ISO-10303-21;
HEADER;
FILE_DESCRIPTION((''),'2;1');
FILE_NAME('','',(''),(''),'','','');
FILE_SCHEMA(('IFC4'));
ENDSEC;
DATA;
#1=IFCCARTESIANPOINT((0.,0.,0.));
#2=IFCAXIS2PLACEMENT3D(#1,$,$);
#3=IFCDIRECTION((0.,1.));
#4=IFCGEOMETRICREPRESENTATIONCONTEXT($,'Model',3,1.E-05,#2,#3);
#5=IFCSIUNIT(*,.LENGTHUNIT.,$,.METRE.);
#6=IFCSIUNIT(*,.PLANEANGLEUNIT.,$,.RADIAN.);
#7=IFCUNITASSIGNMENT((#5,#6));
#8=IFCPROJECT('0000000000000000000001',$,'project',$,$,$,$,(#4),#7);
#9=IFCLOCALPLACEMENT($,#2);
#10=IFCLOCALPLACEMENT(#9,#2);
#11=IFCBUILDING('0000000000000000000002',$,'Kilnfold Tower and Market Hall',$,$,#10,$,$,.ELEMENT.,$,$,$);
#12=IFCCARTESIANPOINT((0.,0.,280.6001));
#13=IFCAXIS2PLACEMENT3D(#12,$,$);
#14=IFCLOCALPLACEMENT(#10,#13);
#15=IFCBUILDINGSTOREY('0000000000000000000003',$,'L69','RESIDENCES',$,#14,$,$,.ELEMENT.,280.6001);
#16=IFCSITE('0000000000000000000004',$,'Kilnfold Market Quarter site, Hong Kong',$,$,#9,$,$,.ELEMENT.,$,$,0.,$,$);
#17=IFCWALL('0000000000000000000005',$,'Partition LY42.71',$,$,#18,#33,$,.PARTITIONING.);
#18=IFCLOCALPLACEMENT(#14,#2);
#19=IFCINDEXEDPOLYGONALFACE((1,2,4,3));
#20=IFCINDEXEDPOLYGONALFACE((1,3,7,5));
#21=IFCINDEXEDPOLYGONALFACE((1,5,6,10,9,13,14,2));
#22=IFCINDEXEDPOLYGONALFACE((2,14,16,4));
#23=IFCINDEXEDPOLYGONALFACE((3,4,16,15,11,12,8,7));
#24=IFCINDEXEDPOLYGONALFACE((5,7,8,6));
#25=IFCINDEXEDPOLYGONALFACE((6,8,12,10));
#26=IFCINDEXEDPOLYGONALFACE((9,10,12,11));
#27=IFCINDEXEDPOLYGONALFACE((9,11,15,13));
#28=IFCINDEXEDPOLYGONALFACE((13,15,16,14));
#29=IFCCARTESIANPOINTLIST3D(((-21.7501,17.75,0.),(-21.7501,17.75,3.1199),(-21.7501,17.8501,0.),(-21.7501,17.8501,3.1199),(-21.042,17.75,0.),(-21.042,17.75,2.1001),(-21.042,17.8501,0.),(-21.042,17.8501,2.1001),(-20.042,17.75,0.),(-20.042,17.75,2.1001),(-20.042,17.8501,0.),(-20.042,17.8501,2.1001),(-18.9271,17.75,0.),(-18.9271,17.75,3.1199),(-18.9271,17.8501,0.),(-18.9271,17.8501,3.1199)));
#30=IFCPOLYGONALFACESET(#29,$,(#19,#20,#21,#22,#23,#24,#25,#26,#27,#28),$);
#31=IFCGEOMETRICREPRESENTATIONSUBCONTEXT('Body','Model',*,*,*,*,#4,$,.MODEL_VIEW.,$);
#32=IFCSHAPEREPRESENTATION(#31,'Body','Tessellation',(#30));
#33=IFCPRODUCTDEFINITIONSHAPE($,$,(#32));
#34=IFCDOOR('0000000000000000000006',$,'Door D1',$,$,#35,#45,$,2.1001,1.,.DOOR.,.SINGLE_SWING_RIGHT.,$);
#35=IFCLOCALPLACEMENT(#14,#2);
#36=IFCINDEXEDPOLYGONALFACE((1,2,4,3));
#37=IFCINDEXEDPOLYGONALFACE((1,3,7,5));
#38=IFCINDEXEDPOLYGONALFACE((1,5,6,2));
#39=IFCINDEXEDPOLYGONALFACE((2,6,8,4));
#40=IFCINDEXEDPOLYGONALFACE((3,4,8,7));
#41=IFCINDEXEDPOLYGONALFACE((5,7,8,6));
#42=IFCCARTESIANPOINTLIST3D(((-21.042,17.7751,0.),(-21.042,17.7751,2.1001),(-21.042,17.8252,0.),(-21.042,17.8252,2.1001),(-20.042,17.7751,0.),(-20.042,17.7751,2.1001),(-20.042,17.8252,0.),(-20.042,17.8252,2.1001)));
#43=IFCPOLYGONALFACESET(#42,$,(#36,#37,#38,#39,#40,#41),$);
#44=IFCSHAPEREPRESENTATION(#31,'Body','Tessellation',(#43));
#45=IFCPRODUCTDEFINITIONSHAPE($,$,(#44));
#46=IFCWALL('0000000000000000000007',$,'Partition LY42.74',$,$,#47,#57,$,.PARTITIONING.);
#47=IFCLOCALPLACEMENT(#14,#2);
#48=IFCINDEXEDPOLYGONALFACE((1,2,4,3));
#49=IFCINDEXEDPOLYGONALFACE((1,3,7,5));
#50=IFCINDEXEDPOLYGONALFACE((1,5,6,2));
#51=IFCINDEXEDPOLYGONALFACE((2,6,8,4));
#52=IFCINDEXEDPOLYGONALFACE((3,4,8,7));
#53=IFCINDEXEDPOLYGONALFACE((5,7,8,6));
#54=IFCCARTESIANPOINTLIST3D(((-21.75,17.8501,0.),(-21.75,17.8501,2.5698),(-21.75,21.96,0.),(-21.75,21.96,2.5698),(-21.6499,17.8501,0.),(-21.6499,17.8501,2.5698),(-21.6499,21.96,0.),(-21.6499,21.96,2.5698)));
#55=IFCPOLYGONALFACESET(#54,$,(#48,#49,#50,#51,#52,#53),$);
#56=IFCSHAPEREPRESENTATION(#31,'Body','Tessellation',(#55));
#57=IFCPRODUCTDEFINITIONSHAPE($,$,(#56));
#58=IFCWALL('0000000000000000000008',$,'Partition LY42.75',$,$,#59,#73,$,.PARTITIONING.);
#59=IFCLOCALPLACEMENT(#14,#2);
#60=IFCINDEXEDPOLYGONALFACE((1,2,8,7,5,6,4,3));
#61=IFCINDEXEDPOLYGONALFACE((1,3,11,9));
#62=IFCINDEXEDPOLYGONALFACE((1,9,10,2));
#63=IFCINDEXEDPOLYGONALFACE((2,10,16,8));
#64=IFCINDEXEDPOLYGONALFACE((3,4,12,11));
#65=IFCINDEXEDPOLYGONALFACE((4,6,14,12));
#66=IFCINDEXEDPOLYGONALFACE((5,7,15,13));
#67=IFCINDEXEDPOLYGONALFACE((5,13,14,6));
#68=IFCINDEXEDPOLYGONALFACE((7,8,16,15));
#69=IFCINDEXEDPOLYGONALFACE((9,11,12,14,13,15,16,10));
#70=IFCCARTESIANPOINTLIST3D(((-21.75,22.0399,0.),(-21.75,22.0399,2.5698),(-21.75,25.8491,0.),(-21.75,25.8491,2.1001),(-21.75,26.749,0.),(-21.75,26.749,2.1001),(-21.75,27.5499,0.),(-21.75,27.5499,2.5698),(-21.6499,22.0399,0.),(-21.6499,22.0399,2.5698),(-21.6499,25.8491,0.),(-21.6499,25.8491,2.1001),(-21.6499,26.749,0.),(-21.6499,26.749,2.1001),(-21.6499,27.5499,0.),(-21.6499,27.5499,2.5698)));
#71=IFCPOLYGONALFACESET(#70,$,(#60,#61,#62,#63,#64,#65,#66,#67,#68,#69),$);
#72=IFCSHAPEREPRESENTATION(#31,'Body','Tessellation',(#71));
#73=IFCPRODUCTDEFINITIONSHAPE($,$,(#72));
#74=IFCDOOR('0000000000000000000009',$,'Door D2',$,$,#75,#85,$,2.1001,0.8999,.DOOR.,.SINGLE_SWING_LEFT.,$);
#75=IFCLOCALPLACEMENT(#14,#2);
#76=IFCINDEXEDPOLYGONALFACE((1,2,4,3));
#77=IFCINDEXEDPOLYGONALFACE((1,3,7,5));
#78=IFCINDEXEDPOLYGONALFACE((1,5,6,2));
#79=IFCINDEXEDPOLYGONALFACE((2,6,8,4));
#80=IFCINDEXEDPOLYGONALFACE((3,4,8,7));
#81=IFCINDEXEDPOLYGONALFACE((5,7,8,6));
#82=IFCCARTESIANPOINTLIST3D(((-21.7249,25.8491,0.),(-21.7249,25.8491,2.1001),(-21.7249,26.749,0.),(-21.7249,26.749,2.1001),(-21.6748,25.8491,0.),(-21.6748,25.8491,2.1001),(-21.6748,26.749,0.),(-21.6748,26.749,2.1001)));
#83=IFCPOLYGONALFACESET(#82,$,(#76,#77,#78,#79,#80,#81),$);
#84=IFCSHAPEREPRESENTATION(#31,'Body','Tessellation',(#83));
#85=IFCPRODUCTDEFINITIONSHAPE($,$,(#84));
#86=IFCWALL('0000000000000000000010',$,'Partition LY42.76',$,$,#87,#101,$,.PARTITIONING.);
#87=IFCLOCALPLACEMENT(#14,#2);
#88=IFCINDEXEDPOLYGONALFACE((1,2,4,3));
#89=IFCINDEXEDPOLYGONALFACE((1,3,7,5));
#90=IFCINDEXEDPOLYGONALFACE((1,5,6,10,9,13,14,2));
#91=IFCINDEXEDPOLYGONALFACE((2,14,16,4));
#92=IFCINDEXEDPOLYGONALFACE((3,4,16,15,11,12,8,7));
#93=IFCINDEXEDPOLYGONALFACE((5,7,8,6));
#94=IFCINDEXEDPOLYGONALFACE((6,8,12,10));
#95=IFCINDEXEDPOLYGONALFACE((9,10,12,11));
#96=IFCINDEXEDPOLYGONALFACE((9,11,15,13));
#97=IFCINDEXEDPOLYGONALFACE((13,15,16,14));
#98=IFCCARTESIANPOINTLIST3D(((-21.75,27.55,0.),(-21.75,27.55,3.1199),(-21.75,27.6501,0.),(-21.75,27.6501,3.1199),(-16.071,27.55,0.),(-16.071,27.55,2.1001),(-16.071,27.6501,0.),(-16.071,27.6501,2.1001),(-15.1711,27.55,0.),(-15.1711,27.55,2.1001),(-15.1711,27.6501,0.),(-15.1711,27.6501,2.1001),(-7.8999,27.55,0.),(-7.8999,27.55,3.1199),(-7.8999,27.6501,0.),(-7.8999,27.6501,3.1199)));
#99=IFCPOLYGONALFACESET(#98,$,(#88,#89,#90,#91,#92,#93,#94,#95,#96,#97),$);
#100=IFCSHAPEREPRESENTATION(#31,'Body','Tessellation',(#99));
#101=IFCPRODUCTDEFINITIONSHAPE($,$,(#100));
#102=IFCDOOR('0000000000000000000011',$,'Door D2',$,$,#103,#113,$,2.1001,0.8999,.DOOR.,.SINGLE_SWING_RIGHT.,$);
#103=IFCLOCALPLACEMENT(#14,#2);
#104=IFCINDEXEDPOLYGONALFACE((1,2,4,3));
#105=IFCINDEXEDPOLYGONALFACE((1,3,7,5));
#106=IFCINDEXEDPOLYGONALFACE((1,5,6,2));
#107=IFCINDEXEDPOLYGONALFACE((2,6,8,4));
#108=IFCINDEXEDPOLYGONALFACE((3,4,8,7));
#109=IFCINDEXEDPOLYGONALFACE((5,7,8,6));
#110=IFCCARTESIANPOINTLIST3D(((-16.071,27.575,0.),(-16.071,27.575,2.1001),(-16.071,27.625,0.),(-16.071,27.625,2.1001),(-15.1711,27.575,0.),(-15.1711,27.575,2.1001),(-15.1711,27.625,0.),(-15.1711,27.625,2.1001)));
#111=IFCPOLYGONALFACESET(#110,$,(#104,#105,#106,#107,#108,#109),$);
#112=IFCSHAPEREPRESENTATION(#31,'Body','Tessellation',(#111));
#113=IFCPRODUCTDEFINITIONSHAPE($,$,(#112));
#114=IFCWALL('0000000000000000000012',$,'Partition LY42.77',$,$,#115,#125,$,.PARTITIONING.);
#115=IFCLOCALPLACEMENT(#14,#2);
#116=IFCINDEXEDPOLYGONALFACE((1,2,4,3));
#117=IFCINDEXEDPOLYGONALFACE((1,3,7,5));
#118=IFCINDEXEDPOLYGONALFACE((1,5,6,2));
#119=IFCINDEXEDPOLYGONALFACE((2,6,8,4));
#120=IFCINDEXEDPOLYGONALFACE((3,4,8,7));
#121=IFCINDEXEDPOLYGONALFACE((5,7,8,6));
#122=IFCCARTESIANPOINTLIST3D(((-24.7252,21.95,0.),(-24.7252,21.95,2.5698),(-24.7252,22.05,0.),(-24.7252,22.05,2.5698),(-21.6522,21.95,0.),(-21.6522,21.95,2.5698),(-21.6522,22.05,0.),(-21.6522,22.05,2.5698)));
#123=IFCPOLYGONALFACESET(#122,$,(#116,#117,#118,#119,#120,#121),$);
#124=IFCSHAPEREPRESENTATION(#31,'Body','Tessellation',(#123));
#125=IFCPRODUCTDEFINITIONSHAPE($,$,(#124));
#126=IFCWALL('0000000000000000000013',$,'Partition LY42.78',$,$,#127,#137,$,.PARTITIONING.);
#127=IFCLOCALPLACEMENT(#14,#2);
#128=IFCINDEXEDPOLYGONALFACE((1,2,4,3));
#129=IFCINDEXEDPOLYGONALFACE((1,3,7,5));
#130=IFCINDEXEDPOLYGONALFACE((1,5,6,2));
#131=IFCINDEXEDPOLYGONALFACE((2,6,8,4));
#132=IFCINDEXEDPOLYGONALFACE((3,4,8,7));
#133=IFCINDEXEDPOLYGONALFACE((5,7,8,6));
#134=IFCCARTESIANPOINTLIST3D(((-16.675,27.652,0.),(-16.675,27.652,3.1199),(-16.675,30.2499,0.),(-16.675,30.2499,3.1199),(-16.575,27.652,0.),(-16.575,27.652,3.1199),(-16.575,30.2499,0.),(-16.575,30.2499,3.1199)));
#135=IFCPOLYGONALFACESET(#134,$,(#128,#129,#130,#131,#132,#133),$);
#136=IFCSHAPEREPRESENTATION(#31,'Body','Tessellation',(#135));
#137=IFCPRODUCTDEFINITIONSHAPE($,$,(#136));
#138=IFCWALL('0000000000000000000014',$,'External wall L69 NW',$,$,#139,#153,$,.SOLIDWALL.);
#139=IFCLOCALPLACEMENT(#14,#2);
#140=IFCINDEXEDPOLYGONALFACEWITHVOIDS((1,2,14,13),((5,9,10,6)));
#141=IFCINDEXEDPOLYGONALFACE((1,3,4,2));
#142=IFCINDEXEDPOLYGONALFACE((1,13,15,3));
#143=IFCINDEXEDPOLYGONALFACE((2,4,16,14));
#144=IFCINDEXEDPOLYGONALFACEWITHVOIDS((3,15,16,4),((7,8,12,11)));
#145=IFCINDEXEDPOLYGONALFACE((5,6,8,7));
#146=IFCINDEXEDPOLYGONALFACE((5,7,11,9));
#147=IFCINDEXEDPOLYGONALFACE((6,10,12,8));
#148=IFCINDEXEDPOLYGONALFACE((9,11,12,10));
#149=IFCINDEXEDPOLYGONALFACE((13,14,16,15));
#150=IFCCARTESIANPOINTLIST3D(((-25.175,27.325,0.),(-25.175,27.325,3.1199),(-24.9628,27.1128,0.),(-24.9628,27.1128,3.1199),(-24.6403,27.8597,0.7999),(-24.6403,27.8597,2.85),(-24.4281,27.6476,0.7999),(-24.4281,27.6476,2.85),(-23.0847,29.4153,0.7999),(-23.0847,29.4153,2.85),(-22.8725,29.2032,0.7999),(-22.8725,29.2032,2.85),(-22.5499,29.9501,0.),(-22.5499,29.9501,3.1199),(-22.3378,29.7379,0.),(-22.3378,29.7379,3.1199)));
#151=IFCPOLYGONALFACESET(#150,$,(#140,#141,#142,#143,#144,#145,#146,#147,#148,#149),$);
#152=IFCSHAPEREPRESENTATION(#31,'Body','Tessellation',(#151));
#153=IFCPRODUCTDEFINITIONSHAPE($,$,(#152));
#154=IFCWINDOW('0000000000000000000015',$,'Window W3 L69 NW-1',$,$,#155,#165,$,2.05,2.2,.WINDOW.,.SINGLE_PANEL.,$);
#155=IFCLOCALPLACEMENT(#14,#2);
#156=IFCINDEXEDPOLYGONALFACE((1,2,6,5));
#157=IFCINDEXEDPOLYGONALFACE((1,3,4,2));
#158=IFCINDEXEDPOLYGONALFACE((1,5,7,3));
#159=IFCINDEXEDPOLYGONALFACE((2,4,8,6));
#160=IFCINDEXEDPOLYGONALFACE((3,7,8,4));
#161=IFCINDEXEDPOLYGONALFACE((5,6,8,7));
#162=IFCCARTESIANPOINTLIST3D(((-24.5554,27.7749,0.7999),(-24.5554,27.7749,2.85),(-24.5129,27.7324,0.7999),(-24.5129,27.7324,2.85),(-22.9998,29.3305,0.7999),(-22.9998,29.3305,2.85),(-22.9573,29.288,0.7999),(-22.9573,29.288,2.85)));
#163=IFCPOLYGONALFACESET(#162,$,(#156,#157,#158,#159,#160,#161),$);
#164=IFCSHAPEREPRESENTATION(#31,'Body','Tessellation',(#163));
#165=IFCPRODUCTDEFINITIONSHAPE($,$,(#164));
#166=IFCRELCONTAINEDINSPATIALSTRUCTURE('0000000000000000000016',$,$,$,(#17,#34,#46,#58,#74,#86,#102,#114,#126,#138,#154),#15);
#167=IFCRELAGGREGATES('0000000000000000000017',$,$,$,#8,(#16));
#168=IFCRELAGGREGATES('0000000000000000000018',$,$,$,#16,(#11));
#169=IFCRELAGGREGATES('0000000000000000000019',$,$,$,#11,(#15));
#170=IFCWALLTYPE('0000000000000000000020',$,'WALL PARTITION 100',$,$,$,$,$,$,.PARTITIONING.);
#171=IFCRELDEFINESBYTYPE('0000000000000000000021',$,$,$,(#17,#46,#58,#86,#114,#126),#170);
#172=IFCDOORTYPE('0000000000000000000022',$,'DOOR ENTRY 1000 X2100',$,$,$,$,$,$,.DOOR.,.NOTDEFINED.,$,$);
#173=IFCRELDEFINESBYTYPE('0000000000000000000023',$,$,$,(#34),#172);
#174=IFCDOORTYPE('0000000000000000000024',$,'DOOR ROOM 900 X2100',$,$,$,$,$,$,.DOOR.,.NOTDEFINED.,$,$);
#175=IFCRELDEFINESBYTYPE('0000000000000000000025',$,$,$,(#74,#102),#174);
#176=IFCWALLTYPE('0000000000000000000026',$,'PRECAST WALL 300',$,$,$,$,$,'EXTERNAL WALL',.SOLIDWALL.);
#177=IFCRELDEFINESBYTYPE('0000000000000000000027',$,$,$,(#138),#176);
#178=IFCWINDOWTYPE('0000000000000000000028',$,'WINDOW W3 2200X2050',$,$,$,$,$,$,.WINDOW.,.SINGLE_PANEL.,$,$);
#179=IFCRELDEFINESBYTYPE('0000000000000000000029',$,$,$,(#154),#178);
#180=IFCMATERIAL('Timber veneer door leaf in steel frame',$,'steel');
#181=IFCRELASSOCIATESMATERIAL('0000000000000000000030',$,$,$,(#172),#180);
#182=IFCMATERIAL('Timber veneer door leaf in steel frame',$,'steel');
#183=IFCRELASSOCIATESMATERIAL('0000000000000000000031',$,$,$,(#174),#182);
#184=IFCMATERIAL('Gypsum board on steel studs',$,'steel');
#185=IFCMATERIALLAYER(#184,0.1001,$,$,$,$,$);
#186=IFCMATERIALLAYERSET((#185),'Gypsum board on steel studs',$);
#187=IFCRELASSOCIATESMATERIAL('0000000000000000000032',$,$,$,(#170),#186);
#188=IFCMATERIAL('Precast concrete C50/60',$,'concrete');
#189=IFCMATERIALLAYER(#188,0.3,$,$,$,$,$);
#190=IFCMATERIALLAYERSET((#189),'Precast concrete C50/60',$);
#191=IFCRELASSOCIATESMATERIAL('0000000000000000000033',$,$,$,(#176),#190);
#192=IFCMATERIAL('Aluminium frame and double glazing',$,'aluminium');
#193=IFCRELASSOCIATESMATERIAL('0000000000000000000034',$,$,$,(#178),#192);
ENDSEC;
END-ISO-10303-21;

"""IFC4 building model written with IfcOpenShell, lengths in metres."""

from ifc_helpers import new_model, si_unit, direction, frame, frame_2d, origin, place, context, subcontext, project, spatial, rectangle, extrude, source, transform, mapped, material, layer, layer_set, type_object, element, fill, save


model = new_model("IFC4")

# Units and contexts
model_context = context("Model", 3, precision=1e-05, world=origin(), true_north=direction((0.0, 1.0)))
body_context = subcontext(model_context, "Body", "Model", "MODEL_VIEW")
ifc_project = project(units=[si_unit("LENGTHUNIT", "METRE"), si_unit("PLANEANGLEUNIT", "RADIAN")], contexts=[model_context])

# Site, building, storey
site_placement = place(None, origin())
site = spatial("IfcSite", under=ifc_project, at=site_placement, Name="Kilnfold Market Quarter site, Hong Kong", CompositionType="ELEMENT", RefElevation=0.0)
building_placement = place(site_placement, origin())
building = spatial("IfcBuilding", under=site, at=building_placement, Name="Kilnfold Tower and Market Hall", CompositionType="ELEMENT")
storey_placement = place(building_placement, frame((0.0, 0.0, 280.6001)))
storey = spatial("IfcBuildingStorey", under=building, at=storey_placement, Name="L69", Description="RESIDENCES", CompositionType="ELEMENT", Elevation=280.6001)

# Shared definitions
ifc_material_1 = material(Name="Timber veneer door leaf in steel frame", Category="steel")
door_type_1 = type_object("IfcDoorType", Name="DOOR ENTRY 1000 X2100", OperationType="NOTDEFINED", PredefinedType="DOOR", material=ifc_material_1)
ifc_material_2 = material(Name="Timber veneer door leaf in steel frame", Category="steel")
door_type_2 = type_object("IfcDoorType", Name="DOOR ROOM 900 X2100", OperationType="NOTDEFINED", PredefinedType="DOOR", material=ifc_material_2)

# Wall, opening, door
ifc_material_3 = material(Name="Gypsum board on steel studs", Category="steel")
ifc_layer_1 = layer(ifc_material_3, 0.1001)
ifc_layer_set_1 = layer_set([ifc_layer_1], Name="Gypsum board on steel studs")
wall_type_1 = type_object("IfcWallType", Name="WALL PARTITION 100", PredefinedType="PARTITIONING", material=ifc_layer_set_1)
wall_1_placement = place(storey_placement, frame((-18.927, 17.8, 0.0), z_axis=(0.0, 0.0, 1.0), x_axis=(-1.0, 0.0, 0.0)))
wall_1 = element("IfcWall", 1, at=wall_1_placement, inside=storey, type_object=wall_type_1, Name="Partition LY42.71", PredefinedType="PARTITIONING", context=body_context, shape_type="SweptSolid", body=[
    extrude(rectangle(XDim=2.823, YDim=0.1001, at=frame_2d((1.4116, 0.0))), origin(), (0.0, 0.0, 1.0), 3.1199),
])
opening_1_placement = place(wall_1_placement, frame((1.115, 0.0, 0.0)))
opening_1 = element("IfcOpeningElement", 2, at=opening_1_placement, cuts=wall_1, PredefinedType="OPENING", context=body_context, shape_type="SweptSolid", body=[
    extrude(rectangle(XDim=1.0, YDim=2.1001, at=frame_2d((0.5, 1.05))), frame((0.0, 0.0601, 0.0), z_axis=(0.0, -1.0, 0.0), x_axis=(1.0, 0.0, 0.0)), (0.0, 0.0, 1.0), 0.1201),
])
door_1_placement = place(opening_1_placement, origin())
door_1 = element("IfcDoor", 3, at=door_1_placement, inside=storey, type_object=door_type_1, Name="Door D1", OperationType="SINGLE_SWING_RIGHT", OverallHeight=2.1001, OverallWidth=1.0, PredefinedType="DOOR", context=body_context, shape_type="SweptSolid", body=[
    extrude(rectangle(XDim=1.0, YDim=2.1001, at=frame_2d((0.5, 1.05))), frame((0.0, 0.0249, 0.0), z_axis=(0.0, -1.0, 0.0), x_axis=(1.0, 0.0, 0.0)), (0.0, 0.0, 1.0), 0.05),
])
fill(opening_1, door_1)

# Wall
wall_2_placement = place(storey_placement, frame((-21.7, 17.8501, 0.0), z_axis=(0.0, 0.0, 1.0), x_axis=(0.0, 1.0, 0.0)))
element("IfcWall", 4, at=wall_2_placement, inside=storey, type_object=wall_type_1, Name="Partition LY42.74", PredefinedType="PARTITIONING", context=body_context, shape_type="SweptSolid", body=[
    extrude(rectangle(XDim=4.1099, YDim=0.1001, at=frame_2d((2.0549, 0.0))), origin(), (0.0, 0.0, 1.0), 2.5698),
])

# Walls, openings, doors
wall_3_placement = place(storey_placement, frame((-21.7, 22.04, 0.0), z_axis=(0.0, 0.0, 1.0), x_axis=(0.0, 1.0, 0.0)))
wall_3 = element("IfcWall", 5, at=wall_3_placement, inside=storey, type_object=wall_type_1, Name="Partition LY42.75", PredefinedType="PARTITIONING", context=body_context, shape_type="SweptSolid", body=[
    extrude(rectangle(XDim=5.51, YDim=0.1001, at=frame_2d((2.7549, 0.0))), origin(), (0.0, 0.0, 1.0), 2.5698),
])
opening_2_placement = place(wall_3_placement, frame((3.8091, 0.0, 0.0)))
opening_2 = element("IfcOpeningElement", 6, at=opening_2_placement, cuts=wall_3, PredefinedType="OPENING", context=body_context, shape_type="SweptSolid", body=[
    extrude(rectangle(XDim=0.8999, YDim=2.1001, at=frame_2d((0.45, 1.05))), frame((0.0, 0.0601, 0.0), z_axis=(0.0, -1.0, 0.0), x_axis=(1.0, 0.0, 0.0)), (0.0, 0.0, 1.0), 0.1201),
])
door_2_placement = place(opening_2_placement, origin())
door_2 = element("IfcDoor", 7, at=door_2_placement, inside=storey, type_object=door_type_2, Name="Door D2", OperationType="SINGLE_SWING_LEFT", OverallHeight=2.1001, OverallWidth=0.8999, PredefinedType="DOOR", context=body_context, shape_type="SweptSolid", body=[
    extrude(rectangle(XDim=0.8999, YDim=2.1001, at=frame_2d((0.45, 1.05))), frame((0.0, 0.0249, 0.0), z_axis=(0.0, -1.0, 0.0), x_axis=(1.0, 0.0, 0.0)), (0.0, 0.0, 1.0), 0.05),
])
fill(opening_2, door_2)
wall_4_placement = place(storey_placement, frame((-21.75, 27.6001, 0.0), z_axis=(0.0, 0.0, 1.0), x_axis=(1.0, 0.0, 0.0)))
wall_4 = element("IfcWall", 8, at=wall_4_placement, inside=storey, type_object=wall_type_1, Name="Partition LY42.76", PredefinedType="PARTITIONING", context=body_context, shape_type="SweptSolid", body=[
    extrude(rectangle(XDim=13.8501, YDim=0.1001, at=frame_2d((6.925, 0.0))), origin(), (0.0, 0.0, 1.0), 3.1199),
])
opening_3_placement = place(wall_4_placement, frame((5.679, 0.0, 0.0)))
opening_3 = element("IfcOpeningElement", 9, at=opening_3_placement, cuts=wall_4, PredefinedType="OPENING", context=body_context, shape_type="SweptSolid", body=[
    extrude(rectangle(XDim=0.8999, YDim=2.1001, at=frame_2d((0.45, 1.05))), frame((0.0, 0.0601, 0.0), z_axis=(0.0, -1.0, 0.0), x_axis=(1.0, 0.0, 0.0)), (0.0, 0.0, 1.0), 0.1201),
])
door_3_placement = place(opening_3_placement, origin())
door_3 = element("IfcDoor", 10, at=door_3_placement, inside=storey, type_object=door_type_2, Name="Door D2", OperationType="SINGLE_SWING_RIGHT", OverallHeight=2.1001, OverallWidth=0.8999, PredefinedType="DOOR", context=body_context, shape_type="SweptSolid", body=[
    extrude(rectangle(XDim=0.8999, YDim=2.1001, at=frame_2d((0.45, 1.05))), frame((0.0, 0.0249, 0.0), z_axis=(0.0, -1.0, 0.0), x_axis=(1.0, 0.0, 0.0)), (0.0, 0.0, 1.0), 0.05),
])
fill(opening_3, door_3)

# Walls
wall_5_placement = place(storey_placement, frame((-21.6521, 22.0, 0.0), z_axis=(0.0, 0.0, 1.0), x_axis=(-1.0, 0.0, 0.0)))
element("IfcWall", 11, at=wall_5_placement, inside=storey, type_object=wall_type_1, Name="Partition LY42.77", PredefinedType="PARTITIONING", context=body_context, shape_type="SweptSolid", body=[
    extrude(rectangle(XDim=3.073, YDim=0.1001, at=frame_2d((1.5366, 0.0))), origin(), (0.0, 0.0, 1.0), 2.5698),
])
wall_6_placement = place(storey_placement, frame((-16.625, 27.6521, 0.0), z_axis=(0.0, 0.0, 1.0), x_axis=(0.0, 1.0, 0.0)))
element("IfcWall", 12, at=wall_6_placement, inside=storey, type_object=wall_type_1, Name="Partition LY42.78", PredefinedType="PARTITIONING", context=body_context, shape_type="SweptSolid", body=[
    extrude(rectangle(XDim=2.5979, YDim=0.1001, at=frame_2d((1.2988, 0.0))), origin(), (0.0, 0.0, 1.0), 3.1199),
])

# Wall, opening, window
ifc_material_4 = material(Name="Precast concrete C50/60", Category="concrete")
ifc_layer_2 = layer(ifc_material_4, 0.3)
ifc_layer_set_2 = layer_set([ifc_layer_2], Name="Precast concrete C50/60")
wall_type_2 = type_object("IfcWallType", Name="PRECAST WALL 300", ElementType="EXTERNAL WALL", PredefinedType="SOLIDWALL", material=ifc_layer_set_2)
shared_shape_1 = source(origin(), body_context, "Body", "SweptSolid", [
    extrude(rectangle(XDim=3.7124, YDim=0.3, at=frame_2d((1.8562, 0.0))), origin(), (0.0, 0.0, 1.0), 3.1199),
])
wall_7_placement = place(storey_placement, frame((-22.4438, 29.844, 0.0), z_axis=(0.0, 0.0, 1.0), x_axis=(-0.707107, -0.707107, 0.0)))
wall_7 = element("IfcWall", 13, at=wall_7_placement, inside=storey, type_object=wall_type_2, Name="External wall L69 NW", PredefinedType="SOLIDWALL", context=body_context, shape_type="MappedRepresentation", body=[
    mapped(shared_shape_1, transform((0.0, 0.0, 0.0))),
])
opening_4_placement = place(wall_7_placement, frame((0.7561, 0.0, 0.8)))
opening_4 = element("IfcOpeningElement", 14, at=opening_4_placement, cuts=wall_7, PredefinedType="OPENING", context=body_context, shape_type="SweptSolid", body=[
    extrude(rectangle(XDim=2.2, YDim=2.05, at=frame_2d((1.1001, 1.0249))), frame((0.0, 0.1602, 0.0), z_axis=(0.0, -1.0, 0.0), x_axis=(1.0, 0.0, 0.0)), (0.0, 0.0, 1.0), 0.3201),
])
ifc_material_5 = material(Name="Aluminium frame and double glazing", Category="aluminium")
window_type = type_object("IfcWindowType", Name="WINDOW W3 2200X2050", PartitioningType="SINGLE_PANEL", PredefinedType="WINDOW", material=ifc_material_5)
window_1_placement = place(opening_4_placement, origin())
window_1 = element("IfcWindow", 15, at=window_1_placement, inside=storey, type_object=window_type, Name="Window W3 L69 NW-1", OverallHeight=2.05, OverallWidth=2.2, PartitioningType="SINGLE_PANEL", PredefinedType="WINDOW", context=body_context, shape_type="SweptSolid", body=[
    extrude(rectangle(XDim=2.2, YDim=2.05, at=frame_2d((1.1001, 1.0249))), frame((0.0, 0.03, 0.0), z_axis=(0.0, -1.0, 0.0), x_axis=(1.0, 0.0, 0.0)), (0.0, 0.0, 1.0), 0.0601),
])
fill(opening_4, window_1)

save(model, "model.ifc")
